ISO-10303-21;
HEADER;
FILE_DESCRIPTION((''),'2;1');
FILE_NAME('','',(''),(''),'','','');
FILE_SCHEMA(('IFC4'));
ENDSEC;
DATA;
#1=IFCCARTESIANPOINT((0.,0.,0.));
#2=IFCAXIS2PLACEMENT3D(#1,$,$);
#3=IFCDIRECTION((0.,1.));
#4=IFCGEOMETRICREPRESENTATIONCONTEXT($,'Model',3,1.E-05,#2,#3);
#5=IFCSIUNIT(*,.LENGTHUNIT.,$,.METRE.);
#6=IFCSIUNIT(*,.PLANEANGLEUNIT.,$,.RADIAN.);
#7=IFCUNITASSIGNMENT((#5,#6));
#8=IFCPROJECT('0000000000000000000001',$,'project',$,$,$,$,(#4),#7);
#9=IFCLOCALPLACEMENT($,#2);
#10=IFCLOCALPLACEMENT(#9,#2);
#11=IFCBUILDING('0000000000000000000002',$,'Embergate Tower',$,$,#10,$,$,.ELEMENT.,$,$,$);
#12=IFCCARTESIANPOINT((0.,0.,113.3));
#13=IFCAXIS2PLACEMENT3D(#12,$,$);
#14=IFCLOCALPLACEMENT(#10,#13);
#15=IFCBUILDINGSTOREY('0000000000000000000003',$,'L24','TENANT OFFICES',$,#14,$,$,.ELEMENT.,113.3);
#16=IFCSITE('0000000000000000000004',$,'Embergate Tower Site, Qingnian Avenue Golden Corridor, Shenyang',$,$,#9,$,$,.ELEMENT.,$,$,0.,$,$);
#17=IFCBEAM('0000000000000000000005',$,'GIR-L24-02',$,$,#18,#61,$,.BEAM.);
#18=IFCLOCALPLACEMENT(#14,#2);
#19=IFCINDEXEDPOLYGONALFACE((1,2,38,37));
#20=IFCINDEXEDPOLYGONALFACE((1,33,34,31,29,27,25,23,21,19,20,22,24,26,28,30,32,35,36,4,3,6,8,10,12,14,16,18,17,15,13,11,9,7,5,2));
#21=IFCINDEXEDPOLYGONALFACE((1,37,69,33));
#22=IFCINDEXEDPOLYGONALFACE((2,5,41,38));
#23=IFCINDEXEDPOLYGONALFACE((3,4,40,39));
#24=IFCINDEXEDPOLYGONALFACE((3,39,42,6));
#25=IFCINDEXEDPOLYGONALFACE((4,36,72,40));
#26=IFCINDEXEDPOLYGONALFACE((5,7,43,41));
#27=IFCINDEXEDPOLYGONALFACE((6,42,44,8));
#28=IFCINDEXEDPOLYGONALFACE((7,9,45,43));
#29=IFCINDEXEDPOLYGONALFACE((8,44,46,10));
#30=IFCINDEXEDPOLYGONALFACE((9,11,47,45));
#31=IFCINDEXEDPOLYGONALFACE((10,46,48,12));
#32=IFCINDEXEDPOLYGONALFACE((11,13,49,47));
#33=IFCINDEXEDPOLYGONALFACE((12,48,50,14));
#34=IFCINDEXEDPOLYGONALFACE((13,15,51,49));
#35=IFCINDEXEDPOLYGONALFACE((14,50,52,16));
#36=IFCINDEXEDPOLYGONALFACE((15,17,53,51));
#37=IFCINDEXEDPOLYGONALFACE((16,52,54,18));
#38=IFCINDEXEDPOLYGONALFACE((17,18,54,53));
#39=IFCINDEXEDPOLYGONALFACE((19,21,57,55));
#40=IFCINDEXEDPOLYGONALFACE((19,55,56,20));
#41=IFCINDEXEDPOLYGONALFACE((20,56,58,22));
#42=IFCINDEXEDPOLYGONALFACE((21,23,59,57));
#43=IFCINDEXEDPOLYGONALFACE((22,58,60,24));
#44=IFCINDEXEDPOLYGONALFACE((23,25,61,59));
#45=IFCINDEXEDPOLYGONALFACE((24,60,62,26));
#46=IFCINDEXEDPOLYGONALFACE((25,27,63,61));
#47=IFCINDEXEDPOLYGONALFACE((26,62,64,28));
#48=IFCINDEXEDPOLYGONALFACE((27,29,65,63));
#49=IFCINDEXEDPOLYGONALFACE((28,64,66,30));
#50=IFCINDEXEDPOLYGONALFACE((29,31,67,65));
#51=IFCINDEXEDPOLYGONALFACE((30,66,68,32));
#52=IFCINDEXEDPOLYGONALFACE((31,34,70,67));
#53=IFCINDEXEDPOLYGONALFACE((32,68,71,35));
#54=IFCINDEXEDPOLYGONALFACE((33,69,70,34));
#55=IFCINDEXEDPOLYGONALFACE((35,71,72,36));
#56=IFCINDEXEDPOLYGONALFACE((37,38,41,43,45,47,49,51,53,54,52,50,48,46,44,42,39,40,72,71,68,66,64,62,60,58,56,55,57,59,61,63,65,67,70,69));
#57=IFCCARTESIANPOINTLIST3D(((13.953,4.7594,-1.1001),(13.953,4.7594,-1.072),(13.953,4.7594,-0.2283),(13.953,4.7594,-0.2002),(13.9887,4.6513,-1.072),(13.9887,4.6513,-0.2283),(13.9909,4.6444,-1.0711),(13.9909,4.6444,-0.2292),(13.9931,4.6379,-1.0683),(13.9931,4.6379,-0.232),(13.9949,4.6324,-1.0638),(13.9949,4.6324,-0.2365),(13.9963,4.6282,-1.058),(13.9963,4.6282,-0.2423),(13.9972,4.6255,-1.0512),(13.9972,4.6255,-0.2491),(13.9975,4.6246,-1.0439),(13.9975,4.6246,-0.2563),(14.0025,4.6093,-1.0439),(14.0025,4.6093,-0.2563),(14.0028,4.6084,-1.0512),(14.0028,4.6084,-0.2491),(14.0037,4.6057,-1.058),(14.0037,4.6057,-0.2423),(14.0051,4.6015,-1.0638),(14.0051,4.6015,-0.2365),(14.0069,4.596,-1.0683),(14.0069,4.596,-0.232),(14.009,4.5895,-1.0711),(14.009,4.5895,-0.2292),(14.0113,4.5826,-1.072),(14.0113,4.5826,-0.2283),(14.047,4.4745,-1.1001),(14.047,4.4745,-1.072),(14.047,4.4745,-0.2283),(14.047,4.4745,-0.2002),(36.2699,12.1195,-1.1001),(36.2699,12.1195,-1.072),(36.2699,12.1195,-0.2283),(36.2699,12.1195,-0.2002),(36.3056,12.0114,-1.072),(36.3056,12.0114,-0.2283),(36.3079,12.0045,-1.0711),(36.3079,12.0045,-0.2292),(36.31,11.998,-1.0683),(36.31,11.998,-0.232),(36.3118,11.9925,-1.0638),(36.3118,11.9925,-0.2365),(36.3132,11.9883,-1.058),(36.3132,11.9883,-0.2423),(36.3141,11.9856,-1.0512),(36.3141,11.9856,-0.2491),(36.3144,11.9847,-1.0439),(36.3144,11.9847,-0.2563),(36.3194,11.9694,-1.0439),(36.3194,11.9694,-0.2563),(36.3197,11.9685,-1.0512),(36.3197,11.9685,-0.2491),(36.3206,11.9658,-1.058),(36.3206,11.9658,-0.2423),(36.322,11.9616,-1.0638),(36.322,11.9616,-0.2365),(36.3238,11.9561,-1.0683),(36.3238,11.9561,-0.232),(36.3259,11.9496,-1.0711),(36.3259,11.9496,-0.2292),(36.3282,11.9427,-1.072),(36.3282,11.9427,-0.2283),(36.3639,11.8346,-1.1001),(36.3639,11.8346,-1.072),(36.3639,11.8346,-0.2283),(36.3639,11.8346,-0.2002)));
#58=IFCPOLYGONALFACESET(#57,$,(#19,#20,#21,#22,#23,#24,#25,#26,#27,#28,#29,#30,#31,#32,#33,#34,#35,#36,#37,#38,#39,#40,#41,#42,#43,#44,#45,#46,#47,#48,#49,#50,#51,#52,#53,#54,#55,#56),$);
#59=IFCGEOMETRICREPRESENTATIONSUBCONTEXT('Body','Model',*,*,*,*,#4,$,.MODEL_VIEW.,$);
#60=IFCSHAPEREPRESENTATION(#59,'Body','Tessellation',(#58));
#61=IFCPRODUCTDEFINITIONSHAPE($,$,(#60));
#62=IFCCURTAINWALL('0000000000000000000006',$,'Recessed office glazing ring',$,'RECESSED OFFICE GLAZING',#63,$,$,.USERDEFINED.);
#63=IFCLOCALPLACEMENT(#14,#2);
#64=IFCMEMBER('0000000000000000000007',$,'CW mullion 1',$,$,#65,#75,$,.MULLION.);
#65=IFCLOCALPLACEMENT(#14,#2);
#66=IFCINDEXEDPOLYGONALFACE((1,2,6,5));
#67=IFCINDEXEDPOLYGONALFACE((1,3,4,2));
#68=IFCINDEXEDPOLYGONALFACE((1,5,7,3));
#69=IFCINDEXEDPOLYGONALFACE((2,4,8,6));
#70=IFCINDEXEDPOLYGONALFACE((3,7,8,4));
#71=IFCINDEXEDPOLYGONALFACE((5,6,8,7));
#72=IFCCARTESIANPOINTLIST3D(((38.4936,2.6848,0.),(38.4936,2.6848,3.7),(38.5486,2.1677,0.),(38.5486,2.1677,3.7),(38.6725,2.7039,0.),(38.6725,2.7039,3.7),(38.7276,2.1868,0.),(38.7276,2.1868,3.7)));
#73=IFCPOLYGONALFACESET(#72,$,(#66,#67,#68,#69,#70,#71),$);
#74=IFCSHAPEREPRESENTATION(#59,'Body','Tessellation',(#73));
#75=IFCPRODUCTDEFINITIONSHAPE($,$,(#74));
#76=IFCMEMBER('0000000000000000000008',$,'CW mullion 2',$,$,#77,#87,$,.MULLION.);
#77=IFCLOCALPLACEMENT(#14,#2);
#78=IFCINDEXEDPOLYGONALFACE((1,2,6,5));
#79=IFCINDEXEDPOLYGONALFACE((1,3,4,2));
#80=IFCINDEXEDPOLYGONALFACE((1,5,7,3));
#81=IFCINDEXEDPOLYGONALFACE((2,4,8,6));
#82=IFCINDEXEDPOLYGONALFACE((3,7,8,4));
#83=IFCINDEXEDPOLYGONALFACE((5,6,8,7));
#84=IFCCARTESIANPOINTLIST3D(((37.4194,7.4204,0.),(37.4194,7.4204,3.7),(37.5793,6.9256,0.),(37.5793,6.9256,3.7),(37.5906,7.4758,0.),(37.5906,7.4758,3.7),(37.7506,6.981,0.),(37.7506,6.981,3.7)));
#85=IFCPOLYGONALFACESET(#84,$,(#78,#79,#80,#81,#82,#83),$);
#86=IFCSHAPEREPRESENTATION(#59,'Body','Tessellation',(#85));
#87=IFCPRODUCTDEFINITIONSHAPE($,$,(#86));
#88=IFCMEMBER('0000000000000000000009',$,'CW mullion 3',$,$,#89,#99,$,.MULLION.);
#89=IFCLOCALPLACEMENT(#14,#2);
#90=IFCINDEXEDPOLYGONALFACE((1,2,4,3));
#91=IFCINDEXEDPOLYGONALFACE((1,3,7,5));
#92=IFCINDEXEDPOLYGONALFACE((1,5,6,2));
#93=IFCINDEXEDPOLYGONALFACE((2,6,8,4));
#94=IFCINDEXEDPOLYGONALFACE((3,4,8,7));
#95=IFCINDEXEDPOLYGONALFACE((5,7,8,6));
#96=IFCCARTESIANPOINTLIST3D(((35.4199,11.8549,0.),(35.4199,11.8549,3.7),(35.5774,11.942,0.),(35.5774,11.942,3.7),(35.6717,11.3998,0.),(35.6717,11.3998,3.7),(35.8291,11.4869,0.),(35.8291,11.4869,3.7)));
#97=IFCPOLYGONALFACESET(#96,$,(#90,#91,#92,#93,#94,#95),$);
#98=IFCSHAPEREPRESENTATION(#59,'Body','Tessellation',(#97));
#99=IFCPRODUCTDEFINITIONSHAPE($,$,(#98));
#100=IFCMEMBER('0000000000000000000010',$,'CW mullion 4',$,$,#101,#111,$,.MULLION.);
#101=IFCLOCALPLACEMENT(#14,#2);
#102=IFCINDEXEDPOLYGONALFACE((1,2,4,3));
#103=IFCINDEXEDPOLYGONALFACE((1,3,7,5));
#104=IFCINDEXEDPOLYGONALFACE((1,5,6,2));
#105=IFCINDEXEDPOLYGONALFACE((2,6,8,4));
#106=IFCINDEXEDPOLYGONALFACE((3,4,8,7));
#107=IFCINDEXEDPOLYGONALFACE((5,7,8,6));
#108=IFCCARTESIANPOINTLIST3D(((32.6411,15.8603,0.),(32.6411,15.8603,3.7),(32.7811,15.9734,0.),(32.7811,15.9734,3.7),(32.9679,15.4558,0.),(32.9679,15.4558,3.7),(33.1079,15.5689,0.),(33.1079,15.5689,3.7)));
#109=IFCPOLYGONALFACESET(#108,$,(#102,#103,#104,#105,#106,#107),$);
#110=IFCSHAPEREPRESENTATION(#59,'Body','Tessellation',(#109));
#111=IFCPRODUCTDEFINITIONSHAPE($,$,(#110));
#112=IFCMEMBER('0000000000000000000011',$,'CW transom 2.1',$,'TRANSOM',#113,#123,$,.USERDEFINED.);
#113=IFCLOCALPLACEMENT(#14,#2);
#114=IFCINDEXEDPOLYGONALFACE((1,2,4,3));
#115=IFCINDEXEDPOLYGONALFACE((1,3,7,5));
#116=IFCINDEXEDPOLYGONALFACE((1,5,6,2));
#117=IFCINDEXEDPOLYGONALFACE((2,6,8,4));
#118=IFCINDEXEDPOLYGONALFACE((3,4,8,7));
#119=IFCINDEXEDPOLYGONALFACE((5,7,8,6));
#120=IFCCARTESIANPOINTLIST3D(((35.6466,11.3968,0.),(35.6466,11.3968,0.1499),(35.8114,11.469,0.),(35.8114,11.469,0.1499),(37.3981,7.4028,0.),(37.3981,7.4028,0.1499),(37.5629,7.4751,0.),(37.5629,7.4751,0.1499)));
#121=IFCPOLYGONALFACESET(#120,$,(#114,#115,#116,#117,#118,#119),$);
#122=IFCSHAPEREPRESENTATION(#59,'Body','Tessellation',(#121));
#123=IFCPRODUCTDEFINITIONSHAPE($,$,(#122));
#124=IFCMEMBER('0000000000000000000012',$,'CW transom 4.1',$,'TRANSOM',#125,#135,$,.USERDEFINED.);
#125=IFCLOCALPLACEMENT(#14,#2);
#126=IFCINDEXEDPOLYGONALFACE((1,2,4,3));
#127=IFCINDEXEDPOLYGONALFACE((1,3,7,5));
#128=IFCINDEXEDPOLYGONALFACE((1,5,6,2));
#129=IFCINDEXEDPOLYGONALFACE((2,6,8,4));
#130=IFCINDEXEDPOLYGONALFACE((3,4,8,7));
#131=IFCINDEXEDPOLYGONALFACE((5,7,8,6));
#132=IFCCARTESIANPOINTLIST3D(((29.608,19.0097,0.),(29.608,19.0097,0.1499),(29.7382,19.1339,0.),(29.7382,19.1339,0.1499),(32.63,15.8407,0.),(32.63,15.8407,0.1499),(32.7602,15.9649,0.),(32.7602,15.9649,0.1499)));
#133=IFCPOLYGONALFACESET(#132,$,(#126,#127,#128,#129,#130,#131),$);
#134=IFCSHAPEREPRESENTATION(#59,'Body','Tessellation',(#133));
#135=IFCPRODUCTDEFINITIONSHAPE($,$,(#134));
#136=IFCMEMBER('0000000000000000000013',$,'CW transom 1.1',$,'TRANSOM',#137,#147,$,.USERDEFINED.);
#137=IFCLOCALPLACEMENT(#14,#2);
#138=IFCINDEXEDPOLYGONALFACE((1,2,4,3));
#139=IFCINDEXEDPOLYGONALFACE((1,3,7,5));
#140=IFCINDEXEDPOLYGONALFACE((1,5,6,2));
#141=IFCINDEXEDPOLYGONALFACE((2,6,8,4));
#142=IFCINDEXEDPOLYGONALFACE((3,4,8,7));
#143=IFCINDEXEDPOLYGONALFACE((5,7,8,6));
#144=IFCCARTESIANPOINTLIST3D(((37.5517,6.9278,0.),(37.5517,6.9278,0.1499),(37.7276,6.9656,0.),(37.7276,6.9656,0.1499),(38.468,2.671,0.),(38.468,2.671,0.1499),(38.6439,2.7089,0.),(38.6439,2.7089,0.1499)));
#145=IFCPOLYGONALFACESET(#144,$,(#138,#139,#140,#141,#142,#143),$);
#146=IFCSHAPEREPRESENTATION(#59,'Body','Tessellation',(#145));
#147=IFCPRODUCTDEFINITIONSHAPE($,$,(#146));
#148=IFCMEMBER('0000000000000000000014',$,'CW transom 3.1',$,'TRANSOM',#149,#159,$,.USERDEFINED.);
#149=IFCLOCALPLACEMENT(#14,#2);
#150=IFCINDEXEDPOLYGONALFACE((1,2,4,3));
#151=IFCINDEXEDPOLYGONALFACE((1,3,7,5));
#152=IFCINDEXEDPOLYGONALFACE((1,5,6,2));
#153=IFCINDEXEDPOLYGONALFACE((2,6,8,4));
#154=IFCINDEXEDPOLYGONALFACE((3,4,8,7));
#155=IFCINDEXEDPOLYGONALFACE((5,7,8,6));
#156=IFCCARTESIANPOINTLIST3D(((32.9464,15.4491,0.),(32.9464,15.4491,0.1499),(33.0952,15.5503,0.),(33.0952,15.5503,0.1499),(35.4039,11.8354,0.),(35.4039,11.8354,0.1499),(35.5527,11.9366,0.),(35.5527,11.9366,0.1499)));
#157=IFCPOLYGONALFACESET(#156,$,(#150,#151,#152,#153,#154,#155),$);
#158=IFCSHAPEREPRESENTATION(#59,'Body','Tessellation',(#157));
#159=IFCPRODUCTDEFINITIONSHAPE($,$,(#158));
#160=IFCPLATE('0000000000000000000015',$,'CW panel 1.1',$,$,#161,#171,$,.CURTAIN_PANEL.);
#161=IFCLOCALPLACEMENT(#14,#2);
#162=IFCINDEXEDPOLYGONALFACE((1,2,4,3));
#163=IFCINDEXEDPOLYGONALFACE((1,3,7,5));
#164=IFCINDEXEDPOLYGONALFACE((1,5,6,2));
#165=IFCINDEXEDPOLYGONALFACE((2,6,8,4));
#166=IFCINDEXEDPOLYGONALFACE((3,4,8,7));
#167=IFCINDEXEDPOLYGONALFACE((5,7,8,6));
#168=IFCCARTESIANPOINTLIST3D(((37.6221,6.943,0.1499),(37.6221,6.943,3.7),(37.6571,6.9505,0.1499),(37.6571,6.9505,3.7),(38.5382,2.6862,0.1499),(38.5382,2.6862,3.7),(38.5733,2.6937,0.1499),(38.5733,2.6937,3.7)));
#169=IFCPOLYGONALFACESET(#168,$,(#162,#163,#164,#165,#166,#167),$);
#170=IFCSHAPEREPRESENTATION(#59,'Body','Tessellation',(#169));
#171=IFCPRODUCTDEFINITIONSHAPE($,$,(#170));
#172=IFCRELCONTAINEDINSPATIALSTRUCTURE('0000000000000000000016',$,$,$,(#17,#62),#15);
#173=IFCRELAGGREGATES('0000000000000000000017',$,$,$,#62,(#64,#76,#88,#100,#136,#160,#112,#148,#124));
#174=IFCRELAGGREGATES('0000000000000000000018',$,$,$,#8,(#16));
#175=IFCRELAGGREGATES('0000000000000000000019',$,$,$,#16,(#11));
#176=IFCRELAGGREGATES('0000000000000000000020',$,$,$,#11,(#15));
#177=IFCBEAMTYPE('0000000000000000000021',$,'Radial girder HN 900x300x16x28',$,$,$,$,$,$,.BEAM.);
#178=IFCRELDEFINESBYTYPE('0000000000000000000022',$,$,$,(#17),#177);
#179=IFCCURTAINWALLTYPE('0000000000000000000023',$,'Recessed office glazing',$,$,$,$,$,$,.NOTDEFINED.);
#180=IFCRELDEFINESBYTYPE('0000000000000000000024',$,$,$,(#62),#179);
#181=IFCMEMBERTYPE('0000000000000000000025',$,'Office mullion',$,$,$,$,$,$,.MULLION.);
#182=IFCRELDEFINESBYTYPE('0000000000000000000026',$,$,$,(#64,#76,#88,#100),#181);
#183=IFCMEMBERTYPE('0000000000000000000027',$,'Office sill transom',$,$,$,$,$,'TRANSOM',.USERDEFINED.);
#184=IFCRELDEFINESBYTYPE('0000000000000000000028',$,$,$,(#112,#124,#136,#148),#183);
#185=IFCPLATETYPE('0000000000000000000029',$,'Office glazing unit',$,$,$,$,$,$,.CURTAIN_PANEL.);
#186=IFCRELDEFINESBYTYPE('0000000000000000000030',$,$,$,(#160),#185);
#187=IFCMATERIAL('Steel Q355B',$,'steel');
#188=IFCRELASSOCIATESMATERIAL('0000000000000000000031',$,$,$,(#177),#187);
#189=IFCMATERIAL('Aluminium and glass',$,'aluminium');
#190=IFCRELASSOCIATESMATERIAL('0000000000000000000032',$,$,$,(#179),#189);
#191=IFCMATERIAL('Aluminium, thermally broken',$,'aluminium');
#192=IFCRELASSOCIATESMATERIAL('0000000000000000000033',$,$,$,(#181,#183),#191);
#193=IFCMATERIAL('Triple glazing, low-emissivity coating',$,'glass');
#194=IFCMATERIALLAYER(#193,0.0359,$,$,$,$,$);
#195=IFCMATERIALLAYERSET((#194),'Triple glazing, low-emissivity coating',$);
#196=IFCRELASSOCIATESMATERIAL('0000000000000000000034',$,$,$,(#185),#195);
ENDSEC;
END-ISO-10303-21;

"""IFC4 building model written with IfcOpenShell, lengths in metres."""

from ifc_helpers import new_model, si_unit, direction, frame, origin, origin_2d, place, context, subcontext, project, spatial, rectangle, i_section, extrude, source, transform, mapped, material, layer, layer_set, material_profile, profile_set, type_object, element, aggregate, save


model = new_model("IFC4")

# Units and contexts
model_context = context("Model", 3, precision=1e-05, world=origin(), true_north=direction((0.0, 1.0)))
body_context = subcontext(model_context, "Body", "Model", "MODEL_VIEW")
ifc_project = project(units=[si_unit("LENGTHUNIT", "METRE"), si_unit("PLANEANGLEUNIT", "RADIAN")], contexts=[model_context])

# Site, building, storey
site_placement = place(None, origin())
site = spatial("IfcSite", under=ifc_project, at=site_placement, Name="Embergate Tower Site, Qingnian Avenue Golden Corridor, Shenyang", CompositionType="ELEMENT", RefElevation=0.0)
building_placement = place(site_placement, origin())
building = spatial("IfcBuilding", under=site, at=building_placement, Name="Embergate Tower", CompositionType="ELEMENT")
storey_placement = place(building_placement, frame((0.0, 0.0, 113.3)))
storey = spatial("IfcBuildingStorey", under=building, at=storey_placement, Name="L24", Description="TENANT OFFICES", CompositionType="ELEMENT", Elevation=113.3)

# Beam
ifc_material_1 = material(Name="Steel Q355B", Category="steel")
ifc_material_profile_1 = material_profile(ifc_material_1, i_section(OverallWidth=0.3, OverallDepth=0.8999, WebThickness=0.0161, FlangeThickness=0.0281, FilletRadius=0.0281, at=origin_2d()), Name="HN 900x300x16x28")
ifc_profile_set_1 = profile_set([ifc_material_profile_1], Name="Steel Q355 grade B")
beam_type_1 = type_object("IfcBeamType", Name="Radial girder HN 900x300x16x28", PredefinedType="BEAM", material=ifc_profile_set_1)
shared_shape_1 = source(origin(), body_context, "Body", "SweptSolid", [
    extrude(i_section(OverallWidth=0.3, OverallDepth=0.8999, WebThickness=0.0161, FlangeThickness=0.0281, FilletRadius=0.0281, at=origin_2d()), origin(), (0.0, 0.0, 1.0), 23.4993),
])
beam_1_placement = place(storey_placement, frame((36.3169, 11.9771, -0.6501), z_axis=(-0.949685, -0.313206, 0.0), x_axis=(0.313206, -0.949685, 0.0)))
element("IfcBeam", 1, at=beam_1_placement, inside=storey, type_object=beam_type_1, Name="GIR-L24-02", PredefinedType="BEAM", context=body_context, shape_type="MappedRepresentation", body=[
    mapped(shared_shape_1, transform((0.0, 0.0, 0.0))),
])

# Curtain wall, members, plate
ifc_material_2 = material(Name="Aluminium and glass", Category="aluminium")
curtain_wall_type = type_object("IfcCurtainWallType", Name="Recessed office glazing", PredefinedType="NOTDEFINED", material=ifc_material_2)
curtain_wall_placement = place(storey_placement, origin())
curtain_wall = element("IfcCurtainWall", 2, at=curtain_wall_placement, inside=storey, type_object=curtain_wall_type, Name="Recessed office glazing ring", ObjectType="RECESSED OFFICE GLAZING", PredefinedType="USERDEFINED")
ifc_material_3 = material(Name="Aluminium, thermally broken", Category="aluminium")
ifc_material_profile_2 = material_profile(ifc_material_3, rectangle(XDim=0.1799, YDim=0.52, at=origin_2d()), Name="AL 520x180")
ifc_profile_set_2 = profile_set([ifc_material_profile_2], Name="Aluminium, thermally broken")
member_type_1 = type_object("IfcMemberType", Name="Office mullion", PredefinedType="MULLION", material=ifc_profile_set_2)
shared_shape_2 = source(origin(), body_context, "Body", "SweptSolid", [
    extrude(rectangle(XDim=0.1799, YDim=0.52, at=origin_2d()), origin(), (0.0, 0.0, 1.0), 3.7),
])
member_1_placement = place(storey_placement, frame((38.6106, 2.4358, 0.0), z_axis=(0.0, 0.0, 1.0), x_axis=(-0.994385, -0.10582, 0.0)))
member_1 = element("IfcMember", 3, at=member_1_placement, type_object=member_type_1, Name="CW mullion 1", PredefinedType="MULLION", context=body_context, shape_type="MappedRepresentation", body=[
    mapped(shared_shape_2, transform((0.0, 0.0, 0.0))),
])
member_2_placement = place(storey_placement, frame((37.585, 7.2007, 0.0), z_axis=(0.0, 0.0, 1.0), x_axis=(-0.9515, -0.307647, 0.0)))
member_2 = element("IfcMember", 4, at=member_2_placement, type_object=member_type_1, Name="CW mullion 2", PredefinedType="MULLION", context=body_context, shape_type="MappedRepresentation", body=[
    mapped(shared_shape_2, transform((0.0, 0.0, 0.0))),
])
member_3_placement = place(storey_placement, frame((35.6245, 11.6709, 0.0), z_axis=(0.0, 0.0, 1.0), x_axis=(-0.875007, -0.48411, 0.0)))
member_3 = element("IfcMember", 5, at=member_3_placement, type_object=member_type_1, Name="CW mullion 3", PredefinedType="MULLION", context=body_context, shape_type="MappedRepresentation", body=[
    mapped(shared_shape_2, transform((0.0, 0.0, 0.0))),
])
member_4_placement = place(storey_placement, frame((32.8745, 15.7146, 0.0), z_axis=(0.0, 0.0, 1.0), x_axis=(-0.777879, -0.628414, 0.0)))
member_4 = element("IfcMember", 6, at=member_4_placement, type_object=member_type_1, Name="CW mullion 4", PredefinedType="MULLION", context=body_context, shape_type="MappedRepresentation", body=[
    mapped(shared_shape_2, transform((0.0, 0.0, 0.0))),
])
ifc_material_profile_3 = material_profile(ifc_material_3, rectangle(XDim=0.1799, YDim=0.1499, at=origin_2d()), Name="AL 150x180")
ifc_profile_set_3 = profile_set([ifc_material_profile_3], Name="Aluminium, thermally broken")
member_type_2 = type_object("IfcMemberType", Name="Office sill transom", ElementType="TRANSOM", PredefinedType="USERDEFINED", material=ifc_profile_set_3)
shared_shape_3 = source(origin(), body_context, "Body", "SweptSolid", [
    extrude(rectangle(XDim=0.1799, YDim=0.1499, at=origin_2d()), origin(), (0.0, 0.0, 1.0), 4.3611),
])
member_5_placement = place(storey_placement, frame((37.4805, 7.439, 0.075), z_axis=(-0.401615, 0.915809, 0.0), x_axis=(-0.915809, -0.401615, 0.0)))
member_5 = element("IfcMember", 7, at=member_5_placement, type_object=member_type_2, Name="CW transom 2.1", ObjectType="TRANSOM", PredefinedType="USERDEFINED", context=body_context, shape_type="MappedRepresentation", body=[
    mapped(shared_shape_3, transform((0.0, 0.0, 0.0))),
])
shared_shape_4 = source(origin(), body_context, "Body", "SweptSolid", [
    extrude(rectangle(XDim=0.1799, YDim=0.1499, at=origin_2d()), origin(), (0.0, 0.0, 1.0), 4.3789),
])
member_6_placement = place(storey_placement, frame((32.6951, 15.9028, 0.075), z_axis=(-0.690126, 0.72369, 0.0), x_axis=(-0.72369, -0.690126, 0.0)))
member_6 = element("IfcMember", 8, at=member_6_placement, type_object=member_type_2, Name="CW transom 4.1", ObjectType="TRANSOM", PredefinedType="USERDEFINED", context=body_context, shape_type="MappedRepresentation", body=[
    mapped(shared_shape_4, transform((0.0, 0.0, 0.0))),
])
shared_shape_5 = source(origin(), body_context, "Body", "SweptSolid", [
    extrude(rectangle(XDim=0.1799, YDim=0.1499, at=origin_2d()), origin(), (0.0, 0.0, 1.0), 4.3542),
])
member_7_placement = place(storey_placement, frame((38.5559, 2.6899, 0.075), z_axis=(-0.210425, 0.97761, 0.0), x_axis=(-0.97761, -0.210425, 0.0)))
member_7 = element("IfcMember", 9, at=member_7_placement, type_object=member_type_2, Name="CW transom 1.1", ObjectType="TRANSOM", PredefinedType="USERDEFINED", context=body_context, shape_type="MappedRepresentation", body=[
    mapped(shared_shape_5, transform((0.0, 0.0, 0.0))),
])
shared_shape_6 = source(origin(), body_context, "Body", "SweptSolid", [
    extrude(rectangle(XDim=0.1799, YDim=0.1499, at=origin_2d()), origin(), (0.0, 0.0, 1.0), 4.3701),
])
member_8_placement = place(storey_placement, frame((35.4783, 11.886, 0.075), z_axis=(-0.562334, 0.82691, 0.0), x_axis=(-0.82691, -0.562334, 0.0)))
member_8 = element("IfcMember", 10, at=member_8_placement, type_object=member_type_2, Name="CW transom 3.1", ObjectType="TRANSOM", PredefinedType="USERDEFINED", context=body_context, shape_type="MappedRepresentation", body=[
    mapped(shared_shape_6, transform((0.0, 0.0, 0.0))),
])
ifc_material_4 = material(Name="Triple glazing, low-emissivity coating", Category="glass")
ifc_layer_1 = layer(ifc_material_4, 0.0359)
ifc_layer_set_1 = layer_set([ifc_layer_1], Name="Triple glazing, low-emissivity coating")
plate_type = type_object("IfcPlateType", Name="Office glazing unit", PredefinedType="CURTAIN_PANEL", material=ifc_layer_set_1)
shared_shape_7 = source(origin(), body_context, "Body", "SweptSolid", [
    extrude(rectangle(XDim=4.3542, YDim=0.0359, at=origin_2d()), origin(), (0.0, 0.0, 1.0), 3.55),
])
plate_1_placement = place(storey_placement, frame((38.0977, 4.8184, 0.1499), z_axis=(0.0, 0.0, 1.0), x_axis=(-0.210395, 0.977616, 0.0)))
plate_1 = element("IfcPlate", 11, at=plate_1_placement, type_object=plate_type, Name="CW panel 1.1", PredefinedType="CURTAIN_PANEL", context=body_context, shape_type="MappedRepresentation", body=[
    mapped(shared_shape_7, transform((0.0, 0.0, 0.0))),
])
aggregate(curtain_wall, [member_1, member_2, member_3, member_4, member_7, plate_1, member_5, member_8, member_6])

save(model, "model.ifc")
